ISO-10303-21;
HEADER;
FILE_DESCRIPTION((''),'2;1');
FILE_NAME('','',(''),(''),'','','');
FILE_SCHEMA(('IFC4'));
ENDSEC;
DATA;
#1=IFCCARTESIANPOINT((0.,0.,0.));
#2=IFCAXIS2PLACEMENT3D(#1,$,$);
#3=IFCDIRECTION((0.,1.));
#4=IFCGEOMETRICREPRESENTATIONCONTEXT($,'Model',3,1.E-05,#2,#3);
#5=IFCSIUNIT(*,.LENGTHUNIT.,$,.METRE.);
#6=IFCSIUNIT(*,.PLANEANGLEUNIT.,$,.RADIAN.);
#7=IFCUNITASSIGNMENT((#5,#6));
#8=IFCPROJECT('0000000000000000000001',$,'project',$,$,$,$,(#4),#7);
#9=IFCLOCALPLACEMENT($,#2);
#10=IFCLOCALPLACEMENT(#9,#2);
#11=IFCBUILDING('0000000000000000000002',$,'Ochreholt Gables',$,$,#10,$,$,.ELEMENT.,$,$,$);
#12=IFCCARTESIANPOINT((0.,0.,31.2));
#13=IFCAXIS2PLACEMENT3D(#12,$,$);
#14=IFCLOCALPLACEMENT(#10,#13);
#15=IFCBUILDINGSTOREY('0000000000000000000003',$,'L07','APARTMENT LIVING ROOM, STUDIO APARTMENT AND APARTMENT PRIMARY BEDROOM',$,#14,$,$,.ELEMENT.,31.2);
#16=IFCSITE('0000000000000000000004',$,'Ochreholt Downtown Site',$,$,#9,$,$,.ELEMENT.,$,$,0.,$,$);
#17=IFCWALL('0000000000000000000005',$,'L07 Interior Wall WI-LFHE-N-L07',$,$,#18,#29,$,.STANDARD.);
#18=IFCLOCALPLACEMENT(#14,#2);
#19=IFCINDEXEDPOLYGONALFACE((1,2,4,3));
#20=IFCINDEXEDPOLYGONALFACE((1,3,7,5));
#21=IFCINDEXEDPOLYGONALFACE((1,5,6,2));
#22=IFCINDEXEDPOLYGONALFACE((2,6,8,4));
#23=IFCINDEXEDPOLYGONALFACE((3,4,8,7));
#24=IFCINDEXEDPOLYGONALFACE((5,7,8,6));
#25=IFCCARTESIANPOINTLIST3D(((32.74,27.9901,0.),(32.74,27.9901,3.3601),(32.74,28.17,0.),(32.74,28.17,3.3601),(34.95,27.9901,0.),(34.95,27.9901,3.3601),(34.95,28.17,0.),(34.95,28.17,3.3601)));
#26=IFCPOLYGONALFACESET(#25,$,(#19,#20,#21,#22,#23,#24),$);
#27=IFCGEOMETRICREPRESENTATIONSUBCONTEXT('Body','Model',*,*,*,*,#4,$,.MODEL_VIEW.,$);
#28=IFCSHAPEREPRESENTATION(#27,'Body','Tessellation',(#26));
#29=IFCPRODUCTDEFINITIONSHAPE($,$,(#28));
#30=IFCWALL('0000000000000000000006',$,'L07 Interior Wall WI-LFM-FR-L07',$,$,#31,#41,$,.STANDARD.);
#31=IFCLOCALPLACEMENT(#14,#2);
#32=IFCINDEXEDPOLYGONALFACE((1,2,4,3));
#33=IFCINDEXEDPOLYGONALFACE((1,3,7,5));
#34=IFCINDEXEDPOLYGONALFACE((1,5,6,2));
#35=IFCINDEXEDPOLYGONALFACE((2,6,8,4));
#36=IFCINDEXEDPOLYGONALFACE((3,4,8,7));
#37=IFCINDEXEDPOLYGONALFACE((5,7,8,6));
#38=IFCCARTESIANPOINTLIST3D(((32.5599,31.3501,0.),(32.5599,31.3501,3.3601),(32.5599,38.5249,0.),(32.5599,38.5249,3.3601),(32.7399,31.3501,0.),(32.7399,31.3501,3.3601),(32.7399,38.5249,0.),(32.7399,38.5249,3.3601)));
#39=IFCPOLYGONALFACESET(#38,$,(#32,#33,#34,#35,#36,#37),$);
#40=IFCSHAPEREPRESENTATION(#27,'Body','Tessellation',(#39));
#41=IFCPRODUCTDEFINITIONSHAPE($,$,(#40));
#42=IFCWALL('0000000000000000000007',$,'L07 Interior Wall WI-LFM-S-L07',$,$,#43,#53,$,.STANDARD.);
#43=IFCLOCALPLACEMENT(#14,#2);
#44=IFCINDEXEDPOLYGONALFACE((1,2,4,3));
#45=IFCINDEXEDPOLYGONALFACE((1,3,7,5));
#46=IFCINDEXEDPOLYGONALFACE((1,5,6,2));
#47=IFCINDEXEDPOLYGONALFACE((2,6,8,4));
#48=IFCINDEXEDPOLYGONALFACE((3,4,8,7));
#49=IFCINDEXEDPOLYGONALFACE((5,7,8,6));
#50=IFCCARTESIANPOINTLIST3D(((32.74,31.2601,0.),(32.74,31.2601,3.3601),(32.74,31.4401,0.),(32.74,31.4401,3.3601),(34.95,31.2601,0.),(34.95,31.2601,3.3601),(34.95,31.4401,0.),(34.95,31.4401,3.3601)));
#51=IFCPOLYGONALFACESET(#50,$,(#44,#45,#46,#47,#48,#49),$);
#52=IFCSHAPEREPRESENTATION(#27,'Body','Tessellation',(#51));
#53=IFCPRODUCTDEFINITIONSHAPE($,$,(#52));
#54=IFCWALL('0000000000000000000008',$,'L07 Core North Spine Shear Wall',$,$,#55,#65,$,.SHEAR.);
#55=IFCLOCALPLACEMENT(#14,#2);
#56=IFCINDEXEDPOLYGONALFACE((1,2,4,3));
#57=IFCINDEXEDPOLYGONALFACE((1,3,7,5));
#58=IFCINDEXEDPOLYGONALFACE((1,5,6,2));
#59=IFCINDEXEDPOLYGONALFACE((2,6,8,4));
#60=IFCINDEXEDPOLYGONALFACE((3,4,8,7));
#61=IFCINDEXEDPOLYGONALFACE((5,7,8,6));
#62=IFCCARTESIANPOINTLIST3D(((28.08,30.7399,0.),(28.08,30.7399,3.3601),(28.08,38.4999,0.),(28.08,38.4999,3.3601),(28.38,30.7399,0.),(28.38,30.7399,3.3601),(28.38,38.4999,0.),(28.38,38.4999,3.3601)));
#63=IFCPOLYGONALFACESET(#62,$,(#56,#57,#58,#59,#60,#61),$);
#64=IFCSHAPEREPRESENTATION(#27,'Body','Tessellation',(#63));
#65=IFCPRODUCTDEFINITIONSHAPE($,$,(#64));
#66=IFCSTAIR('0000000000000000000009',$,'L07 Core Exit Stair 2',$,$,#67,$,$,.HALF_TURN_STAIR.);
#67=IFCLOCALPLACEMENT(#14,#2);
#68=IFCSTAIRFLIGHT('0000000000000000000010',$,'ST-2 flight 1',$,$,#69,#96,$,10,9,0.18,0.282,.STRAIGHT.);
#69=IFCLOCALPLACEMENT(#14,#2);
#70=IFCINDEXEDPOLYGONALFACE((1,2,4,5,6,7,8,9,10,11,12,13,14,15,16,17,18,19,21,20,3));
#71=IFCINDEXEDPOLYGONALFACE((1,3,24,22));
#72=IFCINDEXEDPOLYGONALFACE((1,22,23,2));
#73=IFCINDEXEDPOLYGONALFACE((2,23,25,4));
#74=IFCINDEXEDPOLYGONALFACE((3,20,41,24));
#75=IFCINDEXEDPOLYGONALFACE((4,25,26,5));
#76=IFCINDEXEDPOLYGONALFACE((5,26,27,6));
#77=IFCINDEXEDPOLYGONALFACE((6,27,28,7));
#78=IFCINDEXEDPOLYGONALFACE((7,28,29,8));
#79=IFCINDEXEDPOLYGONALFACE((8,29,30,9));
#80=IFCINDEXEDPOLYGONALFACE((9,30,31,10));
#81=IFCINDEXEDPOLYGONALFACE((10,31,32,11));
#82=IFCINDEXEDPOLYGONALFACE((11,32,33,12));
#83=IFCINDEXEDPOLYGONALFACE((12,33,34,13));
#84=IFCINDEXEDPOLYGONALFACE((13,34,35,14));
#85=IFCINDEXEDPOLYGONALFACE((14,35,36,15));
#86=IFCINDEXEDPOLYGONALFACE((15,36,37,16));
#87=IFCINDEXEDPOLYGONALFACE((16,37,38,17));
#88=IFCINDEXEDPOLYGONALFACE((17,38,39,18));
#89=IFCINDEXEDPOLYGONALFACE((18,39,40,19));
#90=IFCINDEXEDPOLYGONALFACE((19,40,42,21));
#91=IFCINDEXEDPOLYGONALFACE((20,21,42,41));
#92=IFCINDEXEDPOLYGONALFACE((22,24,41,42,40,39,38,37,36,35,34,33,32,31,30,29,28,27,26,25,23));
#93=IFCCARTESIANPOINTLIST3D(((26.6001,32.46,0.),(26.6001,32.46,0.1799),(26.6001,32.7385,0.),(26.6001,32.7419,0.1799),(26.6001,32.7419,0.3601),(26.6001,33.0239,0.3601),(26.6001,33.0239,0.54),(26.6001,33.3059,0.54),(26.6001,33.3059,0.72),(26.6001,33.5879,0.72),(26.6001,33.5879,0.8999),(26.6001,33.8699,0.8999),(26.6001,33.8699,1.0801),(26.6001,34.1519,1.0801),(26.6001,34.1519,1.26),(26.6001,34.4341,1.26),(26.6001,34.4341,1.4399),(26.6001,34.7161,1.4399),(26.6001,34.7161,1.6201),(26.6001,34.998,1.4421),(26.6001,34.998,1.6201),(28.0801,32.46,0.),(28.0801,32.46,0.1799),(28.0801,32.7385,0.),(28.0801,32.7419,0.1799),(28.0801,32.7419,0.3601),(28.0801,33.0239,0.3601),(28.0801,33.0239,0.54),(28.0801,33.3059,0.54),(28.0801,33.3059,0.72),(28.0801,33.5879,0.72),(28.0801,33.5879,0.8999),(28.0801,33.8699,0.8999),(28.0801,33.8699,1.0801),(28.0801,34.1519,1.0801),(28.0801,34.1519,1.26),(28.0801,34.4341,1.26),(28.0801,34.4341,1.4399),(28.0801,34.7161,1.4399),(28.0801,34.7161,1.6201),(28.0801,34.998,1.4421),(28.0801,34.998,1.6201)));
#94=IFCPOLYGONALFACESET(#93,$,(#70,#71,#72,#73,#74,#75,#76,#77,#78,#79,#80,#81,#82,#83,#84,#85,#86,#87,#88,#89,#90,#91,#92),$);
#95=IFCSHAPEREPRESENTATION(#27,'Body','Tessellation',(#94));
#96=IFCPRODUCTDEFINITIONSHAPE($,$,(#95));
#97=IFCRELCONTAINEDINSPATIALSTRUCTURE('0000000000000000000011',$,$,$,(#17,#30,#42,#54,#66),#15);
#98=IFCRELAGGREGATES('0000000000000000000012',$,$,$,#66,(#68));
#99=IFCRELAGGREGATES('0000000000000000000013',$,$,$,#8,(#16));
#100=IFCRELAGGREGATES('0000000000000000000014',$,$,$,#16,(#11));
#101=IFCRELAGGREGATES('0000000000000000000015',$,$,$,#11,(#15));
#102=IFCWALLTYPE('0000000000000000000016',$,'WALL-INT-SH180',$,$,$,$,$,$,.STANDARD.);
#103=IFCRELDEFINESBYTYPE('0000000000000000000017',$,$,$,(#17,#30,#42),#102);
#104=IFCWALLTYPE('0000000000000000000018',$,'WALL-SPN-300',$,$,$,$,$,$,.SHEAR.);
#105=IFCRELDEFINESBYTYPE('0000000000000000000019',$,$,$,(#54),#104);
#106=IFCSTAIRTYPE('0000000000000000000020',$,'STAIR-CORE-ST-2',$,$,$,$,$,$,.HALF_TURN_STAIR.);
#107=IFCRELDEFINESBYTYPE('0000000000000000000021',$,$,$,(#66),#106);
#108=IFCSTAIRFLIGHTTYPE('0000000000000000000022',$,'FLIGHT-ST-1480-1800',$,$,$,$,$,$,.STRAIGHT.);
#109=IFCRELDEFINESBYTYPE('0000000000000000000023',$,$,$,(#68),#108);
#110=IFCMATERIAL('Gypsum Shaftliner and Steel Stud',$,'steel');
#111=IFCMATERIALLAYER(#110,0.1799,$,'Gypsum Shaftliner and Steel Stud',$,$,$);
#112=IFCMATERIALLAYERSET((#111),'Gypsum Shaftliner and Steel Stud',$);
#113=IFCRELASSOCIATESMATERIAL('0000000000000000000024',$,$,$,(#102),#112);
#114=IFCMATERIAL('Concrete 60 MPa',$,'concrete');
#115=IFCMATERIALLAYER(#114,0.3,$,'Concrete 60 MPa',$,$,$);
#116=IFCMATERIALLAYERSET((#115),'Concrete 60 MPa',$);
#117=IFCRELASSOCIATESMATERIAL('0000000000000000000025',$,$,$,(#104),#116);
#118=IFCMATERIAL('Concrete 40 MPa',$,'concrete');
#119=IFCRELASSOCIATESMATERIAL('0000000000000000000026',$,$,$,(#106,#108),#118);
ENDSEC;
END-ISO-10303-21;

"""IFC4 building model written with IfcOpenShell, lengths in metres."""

from ifc_helpers import new_model, si_unit, direction, frame, frame_2d, origin, place, context, subcontext, project, spatial, polyline, rectangle, outline, extrude, material, layer, layer_set, type_object, element, aggregate, save


model = new_model("IFC4")

# Units and contexts
model_context = context("Model", 3, precision=1e-05, world=origin(), true_north=direction((0.0, 1.0)))
body_context = subcontext(model_context, "Body", "Model", "MODEL_VIEW")
ifc_project = project(units=[si_unit("LENGTHUNIT", "METRE"), si_unit("PLANEANGLEUNIT", "RADIAN")], contexts=[model_context])

# Site, building, storey
site_placement = place(None, origin())
site = spatial("IfcSite", under=ifc_project, at=site_placement, Name="Ochreholt Downtown Site", CompositionType="ELEMENT", RefElevation=0.0)
building_placement = place(site_placement, origin())
building = spatial("IfcBuilding", under=site, at=building_placement, Name="Ochreholt Gables", CompositionType="ELEMENT")
storey_placement = place(building_placement, frame((0.0, 0.0, 31.2)))
storey = spatial("IfcBuildingStorey", under=building, at=storey_placement, Name="L07", Description="APARTMENT LIVING ROOM, STUDIO APARTMENT AND APARTMENT PRIMARY BEDROOM", CompositionType="ELEMENT", Elevation=31.2)

# Shared definitions
ifc_material_1 = material(Name="Concrete 40 MPa", Category="concrete")

# Walls
ifc_material_2 = material(Name="Gypsum Shaftliner and Steel Stud", Category="steel")
ifc_layer_1 = layer(ifc_material_2, 0.1799, Name="Gypsum Shaftliner and Steel Stud")
ifc_layer_set_1 = layer_set([ifc_layer_1], Name="Gypsum Shaftliner and Steel Stud")
wall_type_1 = type_object("IfcWallType", Name="WALL-INT-SH180", PredefinedType="STANDARD", material=ifc_layer_set_1)
wall_1_placement = place(storey_placement, frame((32.74, 28.0801, 0.0), z_axis=(0.0, 0.0, 1.0), x_axis=(1.0, 0.0, 0.0)))
element("IfcWall", 1, at=wall_1_placement, inside=storey, type_object=wall_type_1, Name="L07 Interior Wall WI-LFHE-N-L07", PredefinedType="STANDARD", context=body_context, shape_type="SweptSolid", body=[
    extrude(rectangle(XDim=2.21, YDim=0.1799, at=frame_2d((1.105, 0.0))), origin(), (0.0, 0.0, 1.0), 3.3601),
])
wall_2_placement = place(storey_placement, frame((32.6499, 31.3501, 0.0), z_axis=(0.0, 0.0, 1.0), x_axis=(0.0, 1.0, 0.0)))
element("IfcWall", 2, at=wall_2_placement, inside=storey, type_object=wall_type_1, Name="L07 Interior Wall WI-LFM-FR-L07", PredefinedType="STANDARD", context=body_context, shape_type="SweptSolid", body=[
    extrude(rectangle(XDim=7.1748, YDim=0.1799, at=frame_2d((3.5874, 0.0))), origin(), (0.0, 0.0, 1.0), 3.3601),
])
wall_3_placement = place(storey_placement, frame((32.74, 31.3501, 0.0), z_axis=(0.0, 0.0, 1.0), x_axis=(1.0, 0.0, 0.0)))
element("IfcWall", 3, at=wall_3_placement, inside=storey, type_object=wall_type_1, Name="L07 Interior Wall WI-LFM-S-L07", PredefinedType="STANDARD", context=body_context, shape_type="SweptSolid", body=[
    extrude(rectangle(XDim=2.21, YDim=0.1799, at=frame_2d((1.105, 0.0))), origin(), (0.0, 0.0, 1.0), 3.3601),
])
ifc_material_3 = material(Name="Concrete 60 MPa", Category="concrete")
ifc_layer_2 = layer(ifc_material_3, 0.3, Name="Concrete 60 MPa")
ifc_layer_set_2 = layer_set([ifc_layer_2], Name="Concrete 60 MPa")
wall_type_2 = type_object("IfcWallType", Name="WALL-SPN-300", PredefinedType="SHEAR", material=ifc_layer_set_2)
wall_4_placement = place(storey_placement, frame((28.23, 30.74, 0.0), z_axis=(0.0, 0.0, 1.0), x_axis=(0.0, 1.0, 0.0)))
element("IfcWall", 4, at=wall_4_placement, inside=storey, type_object=wall_type_2, Name="L07 Core North Spine Shear Wall", PredefinedType="SHEAR", context=body_context, shape_type="SweptSolid", body=[
    extrude(rectangle(XDim=7.76, YDim=0.3, at=frame_2d((3.8799, 0.0))), origin(), (0.0, 0.0, 1.0), 3.3601),
])

# Stair, stair flight
stair_type = type_object("IfcStairType", Name="STAIR-CORE-ST-2", PredefinedType="HALF_TURN_STAIR", material=ifc_material_1)
stair_placement = place(storey_placement, origin())
stair = element("IfcStair", 5, at=stair_placement, inside=storey, type_object=stair_type, Name="L07 Core Exit Stair 2", PredefinedType="HALF_TURN_STAIR")
stair_flight_type = type_object("IfcStairFlightType", Name="FLIGHT-ST-1480-1800", PredefinedType="STRAIGHT", material=ifc_material_1)
stair_flight_placement = place(storey_placement, frame((27.3401, 32.46, 0.0), z_axis=(0.0, 0.0, 1.0), x_axis=(0.0, 1.0, 0.0)))
stair_flight = element("IfcStairFlight", 6, at=stair_flight_placement, type_object=stair_flight_type, Name="ST-2 flight 1", NumberOfRisers=10, NumberOfTreads=9, PredefinedType="STRAIGHT", RiserHeight=0.18, TreadLength=0.282, context=body_context, shape_type="SweptSolid", body=[
    extrude(outline(polyline([(0.0, 0.0), (0.0, 0.1799), (0.282, 0.1799), (0.282, 0.3601), (0.564, 0.3601), (0.564, 0.54), (0.8459, 0.54), (0.8459, 0.72), (1.1279, 0.72), (1.1279, 0.8999), (1.4099, 0.8999), (1.4099, 1.0801), (1.6919, 1.0801), (1.6919, 1.26), (1.9741, 1.26), (1.9741, 1.4399), (2.2561, 1.4399), (2.2561, 1.6201), (2.5381, 1.6201), (2.5381, 1.8), (2.5381, 1.4421), (0.2786, 0.0), (0.0, 0.0)])), frame((0.0, 0.74, 0.0), z_axis=(0.0, -1.0, 0.0), x_axis=(1.0, 0.0, 0.0)), (0.0, 0.0, 1.0), 1.48),
])
aggregate(stair, [stair_flight])

save(model, "model.ifc")
